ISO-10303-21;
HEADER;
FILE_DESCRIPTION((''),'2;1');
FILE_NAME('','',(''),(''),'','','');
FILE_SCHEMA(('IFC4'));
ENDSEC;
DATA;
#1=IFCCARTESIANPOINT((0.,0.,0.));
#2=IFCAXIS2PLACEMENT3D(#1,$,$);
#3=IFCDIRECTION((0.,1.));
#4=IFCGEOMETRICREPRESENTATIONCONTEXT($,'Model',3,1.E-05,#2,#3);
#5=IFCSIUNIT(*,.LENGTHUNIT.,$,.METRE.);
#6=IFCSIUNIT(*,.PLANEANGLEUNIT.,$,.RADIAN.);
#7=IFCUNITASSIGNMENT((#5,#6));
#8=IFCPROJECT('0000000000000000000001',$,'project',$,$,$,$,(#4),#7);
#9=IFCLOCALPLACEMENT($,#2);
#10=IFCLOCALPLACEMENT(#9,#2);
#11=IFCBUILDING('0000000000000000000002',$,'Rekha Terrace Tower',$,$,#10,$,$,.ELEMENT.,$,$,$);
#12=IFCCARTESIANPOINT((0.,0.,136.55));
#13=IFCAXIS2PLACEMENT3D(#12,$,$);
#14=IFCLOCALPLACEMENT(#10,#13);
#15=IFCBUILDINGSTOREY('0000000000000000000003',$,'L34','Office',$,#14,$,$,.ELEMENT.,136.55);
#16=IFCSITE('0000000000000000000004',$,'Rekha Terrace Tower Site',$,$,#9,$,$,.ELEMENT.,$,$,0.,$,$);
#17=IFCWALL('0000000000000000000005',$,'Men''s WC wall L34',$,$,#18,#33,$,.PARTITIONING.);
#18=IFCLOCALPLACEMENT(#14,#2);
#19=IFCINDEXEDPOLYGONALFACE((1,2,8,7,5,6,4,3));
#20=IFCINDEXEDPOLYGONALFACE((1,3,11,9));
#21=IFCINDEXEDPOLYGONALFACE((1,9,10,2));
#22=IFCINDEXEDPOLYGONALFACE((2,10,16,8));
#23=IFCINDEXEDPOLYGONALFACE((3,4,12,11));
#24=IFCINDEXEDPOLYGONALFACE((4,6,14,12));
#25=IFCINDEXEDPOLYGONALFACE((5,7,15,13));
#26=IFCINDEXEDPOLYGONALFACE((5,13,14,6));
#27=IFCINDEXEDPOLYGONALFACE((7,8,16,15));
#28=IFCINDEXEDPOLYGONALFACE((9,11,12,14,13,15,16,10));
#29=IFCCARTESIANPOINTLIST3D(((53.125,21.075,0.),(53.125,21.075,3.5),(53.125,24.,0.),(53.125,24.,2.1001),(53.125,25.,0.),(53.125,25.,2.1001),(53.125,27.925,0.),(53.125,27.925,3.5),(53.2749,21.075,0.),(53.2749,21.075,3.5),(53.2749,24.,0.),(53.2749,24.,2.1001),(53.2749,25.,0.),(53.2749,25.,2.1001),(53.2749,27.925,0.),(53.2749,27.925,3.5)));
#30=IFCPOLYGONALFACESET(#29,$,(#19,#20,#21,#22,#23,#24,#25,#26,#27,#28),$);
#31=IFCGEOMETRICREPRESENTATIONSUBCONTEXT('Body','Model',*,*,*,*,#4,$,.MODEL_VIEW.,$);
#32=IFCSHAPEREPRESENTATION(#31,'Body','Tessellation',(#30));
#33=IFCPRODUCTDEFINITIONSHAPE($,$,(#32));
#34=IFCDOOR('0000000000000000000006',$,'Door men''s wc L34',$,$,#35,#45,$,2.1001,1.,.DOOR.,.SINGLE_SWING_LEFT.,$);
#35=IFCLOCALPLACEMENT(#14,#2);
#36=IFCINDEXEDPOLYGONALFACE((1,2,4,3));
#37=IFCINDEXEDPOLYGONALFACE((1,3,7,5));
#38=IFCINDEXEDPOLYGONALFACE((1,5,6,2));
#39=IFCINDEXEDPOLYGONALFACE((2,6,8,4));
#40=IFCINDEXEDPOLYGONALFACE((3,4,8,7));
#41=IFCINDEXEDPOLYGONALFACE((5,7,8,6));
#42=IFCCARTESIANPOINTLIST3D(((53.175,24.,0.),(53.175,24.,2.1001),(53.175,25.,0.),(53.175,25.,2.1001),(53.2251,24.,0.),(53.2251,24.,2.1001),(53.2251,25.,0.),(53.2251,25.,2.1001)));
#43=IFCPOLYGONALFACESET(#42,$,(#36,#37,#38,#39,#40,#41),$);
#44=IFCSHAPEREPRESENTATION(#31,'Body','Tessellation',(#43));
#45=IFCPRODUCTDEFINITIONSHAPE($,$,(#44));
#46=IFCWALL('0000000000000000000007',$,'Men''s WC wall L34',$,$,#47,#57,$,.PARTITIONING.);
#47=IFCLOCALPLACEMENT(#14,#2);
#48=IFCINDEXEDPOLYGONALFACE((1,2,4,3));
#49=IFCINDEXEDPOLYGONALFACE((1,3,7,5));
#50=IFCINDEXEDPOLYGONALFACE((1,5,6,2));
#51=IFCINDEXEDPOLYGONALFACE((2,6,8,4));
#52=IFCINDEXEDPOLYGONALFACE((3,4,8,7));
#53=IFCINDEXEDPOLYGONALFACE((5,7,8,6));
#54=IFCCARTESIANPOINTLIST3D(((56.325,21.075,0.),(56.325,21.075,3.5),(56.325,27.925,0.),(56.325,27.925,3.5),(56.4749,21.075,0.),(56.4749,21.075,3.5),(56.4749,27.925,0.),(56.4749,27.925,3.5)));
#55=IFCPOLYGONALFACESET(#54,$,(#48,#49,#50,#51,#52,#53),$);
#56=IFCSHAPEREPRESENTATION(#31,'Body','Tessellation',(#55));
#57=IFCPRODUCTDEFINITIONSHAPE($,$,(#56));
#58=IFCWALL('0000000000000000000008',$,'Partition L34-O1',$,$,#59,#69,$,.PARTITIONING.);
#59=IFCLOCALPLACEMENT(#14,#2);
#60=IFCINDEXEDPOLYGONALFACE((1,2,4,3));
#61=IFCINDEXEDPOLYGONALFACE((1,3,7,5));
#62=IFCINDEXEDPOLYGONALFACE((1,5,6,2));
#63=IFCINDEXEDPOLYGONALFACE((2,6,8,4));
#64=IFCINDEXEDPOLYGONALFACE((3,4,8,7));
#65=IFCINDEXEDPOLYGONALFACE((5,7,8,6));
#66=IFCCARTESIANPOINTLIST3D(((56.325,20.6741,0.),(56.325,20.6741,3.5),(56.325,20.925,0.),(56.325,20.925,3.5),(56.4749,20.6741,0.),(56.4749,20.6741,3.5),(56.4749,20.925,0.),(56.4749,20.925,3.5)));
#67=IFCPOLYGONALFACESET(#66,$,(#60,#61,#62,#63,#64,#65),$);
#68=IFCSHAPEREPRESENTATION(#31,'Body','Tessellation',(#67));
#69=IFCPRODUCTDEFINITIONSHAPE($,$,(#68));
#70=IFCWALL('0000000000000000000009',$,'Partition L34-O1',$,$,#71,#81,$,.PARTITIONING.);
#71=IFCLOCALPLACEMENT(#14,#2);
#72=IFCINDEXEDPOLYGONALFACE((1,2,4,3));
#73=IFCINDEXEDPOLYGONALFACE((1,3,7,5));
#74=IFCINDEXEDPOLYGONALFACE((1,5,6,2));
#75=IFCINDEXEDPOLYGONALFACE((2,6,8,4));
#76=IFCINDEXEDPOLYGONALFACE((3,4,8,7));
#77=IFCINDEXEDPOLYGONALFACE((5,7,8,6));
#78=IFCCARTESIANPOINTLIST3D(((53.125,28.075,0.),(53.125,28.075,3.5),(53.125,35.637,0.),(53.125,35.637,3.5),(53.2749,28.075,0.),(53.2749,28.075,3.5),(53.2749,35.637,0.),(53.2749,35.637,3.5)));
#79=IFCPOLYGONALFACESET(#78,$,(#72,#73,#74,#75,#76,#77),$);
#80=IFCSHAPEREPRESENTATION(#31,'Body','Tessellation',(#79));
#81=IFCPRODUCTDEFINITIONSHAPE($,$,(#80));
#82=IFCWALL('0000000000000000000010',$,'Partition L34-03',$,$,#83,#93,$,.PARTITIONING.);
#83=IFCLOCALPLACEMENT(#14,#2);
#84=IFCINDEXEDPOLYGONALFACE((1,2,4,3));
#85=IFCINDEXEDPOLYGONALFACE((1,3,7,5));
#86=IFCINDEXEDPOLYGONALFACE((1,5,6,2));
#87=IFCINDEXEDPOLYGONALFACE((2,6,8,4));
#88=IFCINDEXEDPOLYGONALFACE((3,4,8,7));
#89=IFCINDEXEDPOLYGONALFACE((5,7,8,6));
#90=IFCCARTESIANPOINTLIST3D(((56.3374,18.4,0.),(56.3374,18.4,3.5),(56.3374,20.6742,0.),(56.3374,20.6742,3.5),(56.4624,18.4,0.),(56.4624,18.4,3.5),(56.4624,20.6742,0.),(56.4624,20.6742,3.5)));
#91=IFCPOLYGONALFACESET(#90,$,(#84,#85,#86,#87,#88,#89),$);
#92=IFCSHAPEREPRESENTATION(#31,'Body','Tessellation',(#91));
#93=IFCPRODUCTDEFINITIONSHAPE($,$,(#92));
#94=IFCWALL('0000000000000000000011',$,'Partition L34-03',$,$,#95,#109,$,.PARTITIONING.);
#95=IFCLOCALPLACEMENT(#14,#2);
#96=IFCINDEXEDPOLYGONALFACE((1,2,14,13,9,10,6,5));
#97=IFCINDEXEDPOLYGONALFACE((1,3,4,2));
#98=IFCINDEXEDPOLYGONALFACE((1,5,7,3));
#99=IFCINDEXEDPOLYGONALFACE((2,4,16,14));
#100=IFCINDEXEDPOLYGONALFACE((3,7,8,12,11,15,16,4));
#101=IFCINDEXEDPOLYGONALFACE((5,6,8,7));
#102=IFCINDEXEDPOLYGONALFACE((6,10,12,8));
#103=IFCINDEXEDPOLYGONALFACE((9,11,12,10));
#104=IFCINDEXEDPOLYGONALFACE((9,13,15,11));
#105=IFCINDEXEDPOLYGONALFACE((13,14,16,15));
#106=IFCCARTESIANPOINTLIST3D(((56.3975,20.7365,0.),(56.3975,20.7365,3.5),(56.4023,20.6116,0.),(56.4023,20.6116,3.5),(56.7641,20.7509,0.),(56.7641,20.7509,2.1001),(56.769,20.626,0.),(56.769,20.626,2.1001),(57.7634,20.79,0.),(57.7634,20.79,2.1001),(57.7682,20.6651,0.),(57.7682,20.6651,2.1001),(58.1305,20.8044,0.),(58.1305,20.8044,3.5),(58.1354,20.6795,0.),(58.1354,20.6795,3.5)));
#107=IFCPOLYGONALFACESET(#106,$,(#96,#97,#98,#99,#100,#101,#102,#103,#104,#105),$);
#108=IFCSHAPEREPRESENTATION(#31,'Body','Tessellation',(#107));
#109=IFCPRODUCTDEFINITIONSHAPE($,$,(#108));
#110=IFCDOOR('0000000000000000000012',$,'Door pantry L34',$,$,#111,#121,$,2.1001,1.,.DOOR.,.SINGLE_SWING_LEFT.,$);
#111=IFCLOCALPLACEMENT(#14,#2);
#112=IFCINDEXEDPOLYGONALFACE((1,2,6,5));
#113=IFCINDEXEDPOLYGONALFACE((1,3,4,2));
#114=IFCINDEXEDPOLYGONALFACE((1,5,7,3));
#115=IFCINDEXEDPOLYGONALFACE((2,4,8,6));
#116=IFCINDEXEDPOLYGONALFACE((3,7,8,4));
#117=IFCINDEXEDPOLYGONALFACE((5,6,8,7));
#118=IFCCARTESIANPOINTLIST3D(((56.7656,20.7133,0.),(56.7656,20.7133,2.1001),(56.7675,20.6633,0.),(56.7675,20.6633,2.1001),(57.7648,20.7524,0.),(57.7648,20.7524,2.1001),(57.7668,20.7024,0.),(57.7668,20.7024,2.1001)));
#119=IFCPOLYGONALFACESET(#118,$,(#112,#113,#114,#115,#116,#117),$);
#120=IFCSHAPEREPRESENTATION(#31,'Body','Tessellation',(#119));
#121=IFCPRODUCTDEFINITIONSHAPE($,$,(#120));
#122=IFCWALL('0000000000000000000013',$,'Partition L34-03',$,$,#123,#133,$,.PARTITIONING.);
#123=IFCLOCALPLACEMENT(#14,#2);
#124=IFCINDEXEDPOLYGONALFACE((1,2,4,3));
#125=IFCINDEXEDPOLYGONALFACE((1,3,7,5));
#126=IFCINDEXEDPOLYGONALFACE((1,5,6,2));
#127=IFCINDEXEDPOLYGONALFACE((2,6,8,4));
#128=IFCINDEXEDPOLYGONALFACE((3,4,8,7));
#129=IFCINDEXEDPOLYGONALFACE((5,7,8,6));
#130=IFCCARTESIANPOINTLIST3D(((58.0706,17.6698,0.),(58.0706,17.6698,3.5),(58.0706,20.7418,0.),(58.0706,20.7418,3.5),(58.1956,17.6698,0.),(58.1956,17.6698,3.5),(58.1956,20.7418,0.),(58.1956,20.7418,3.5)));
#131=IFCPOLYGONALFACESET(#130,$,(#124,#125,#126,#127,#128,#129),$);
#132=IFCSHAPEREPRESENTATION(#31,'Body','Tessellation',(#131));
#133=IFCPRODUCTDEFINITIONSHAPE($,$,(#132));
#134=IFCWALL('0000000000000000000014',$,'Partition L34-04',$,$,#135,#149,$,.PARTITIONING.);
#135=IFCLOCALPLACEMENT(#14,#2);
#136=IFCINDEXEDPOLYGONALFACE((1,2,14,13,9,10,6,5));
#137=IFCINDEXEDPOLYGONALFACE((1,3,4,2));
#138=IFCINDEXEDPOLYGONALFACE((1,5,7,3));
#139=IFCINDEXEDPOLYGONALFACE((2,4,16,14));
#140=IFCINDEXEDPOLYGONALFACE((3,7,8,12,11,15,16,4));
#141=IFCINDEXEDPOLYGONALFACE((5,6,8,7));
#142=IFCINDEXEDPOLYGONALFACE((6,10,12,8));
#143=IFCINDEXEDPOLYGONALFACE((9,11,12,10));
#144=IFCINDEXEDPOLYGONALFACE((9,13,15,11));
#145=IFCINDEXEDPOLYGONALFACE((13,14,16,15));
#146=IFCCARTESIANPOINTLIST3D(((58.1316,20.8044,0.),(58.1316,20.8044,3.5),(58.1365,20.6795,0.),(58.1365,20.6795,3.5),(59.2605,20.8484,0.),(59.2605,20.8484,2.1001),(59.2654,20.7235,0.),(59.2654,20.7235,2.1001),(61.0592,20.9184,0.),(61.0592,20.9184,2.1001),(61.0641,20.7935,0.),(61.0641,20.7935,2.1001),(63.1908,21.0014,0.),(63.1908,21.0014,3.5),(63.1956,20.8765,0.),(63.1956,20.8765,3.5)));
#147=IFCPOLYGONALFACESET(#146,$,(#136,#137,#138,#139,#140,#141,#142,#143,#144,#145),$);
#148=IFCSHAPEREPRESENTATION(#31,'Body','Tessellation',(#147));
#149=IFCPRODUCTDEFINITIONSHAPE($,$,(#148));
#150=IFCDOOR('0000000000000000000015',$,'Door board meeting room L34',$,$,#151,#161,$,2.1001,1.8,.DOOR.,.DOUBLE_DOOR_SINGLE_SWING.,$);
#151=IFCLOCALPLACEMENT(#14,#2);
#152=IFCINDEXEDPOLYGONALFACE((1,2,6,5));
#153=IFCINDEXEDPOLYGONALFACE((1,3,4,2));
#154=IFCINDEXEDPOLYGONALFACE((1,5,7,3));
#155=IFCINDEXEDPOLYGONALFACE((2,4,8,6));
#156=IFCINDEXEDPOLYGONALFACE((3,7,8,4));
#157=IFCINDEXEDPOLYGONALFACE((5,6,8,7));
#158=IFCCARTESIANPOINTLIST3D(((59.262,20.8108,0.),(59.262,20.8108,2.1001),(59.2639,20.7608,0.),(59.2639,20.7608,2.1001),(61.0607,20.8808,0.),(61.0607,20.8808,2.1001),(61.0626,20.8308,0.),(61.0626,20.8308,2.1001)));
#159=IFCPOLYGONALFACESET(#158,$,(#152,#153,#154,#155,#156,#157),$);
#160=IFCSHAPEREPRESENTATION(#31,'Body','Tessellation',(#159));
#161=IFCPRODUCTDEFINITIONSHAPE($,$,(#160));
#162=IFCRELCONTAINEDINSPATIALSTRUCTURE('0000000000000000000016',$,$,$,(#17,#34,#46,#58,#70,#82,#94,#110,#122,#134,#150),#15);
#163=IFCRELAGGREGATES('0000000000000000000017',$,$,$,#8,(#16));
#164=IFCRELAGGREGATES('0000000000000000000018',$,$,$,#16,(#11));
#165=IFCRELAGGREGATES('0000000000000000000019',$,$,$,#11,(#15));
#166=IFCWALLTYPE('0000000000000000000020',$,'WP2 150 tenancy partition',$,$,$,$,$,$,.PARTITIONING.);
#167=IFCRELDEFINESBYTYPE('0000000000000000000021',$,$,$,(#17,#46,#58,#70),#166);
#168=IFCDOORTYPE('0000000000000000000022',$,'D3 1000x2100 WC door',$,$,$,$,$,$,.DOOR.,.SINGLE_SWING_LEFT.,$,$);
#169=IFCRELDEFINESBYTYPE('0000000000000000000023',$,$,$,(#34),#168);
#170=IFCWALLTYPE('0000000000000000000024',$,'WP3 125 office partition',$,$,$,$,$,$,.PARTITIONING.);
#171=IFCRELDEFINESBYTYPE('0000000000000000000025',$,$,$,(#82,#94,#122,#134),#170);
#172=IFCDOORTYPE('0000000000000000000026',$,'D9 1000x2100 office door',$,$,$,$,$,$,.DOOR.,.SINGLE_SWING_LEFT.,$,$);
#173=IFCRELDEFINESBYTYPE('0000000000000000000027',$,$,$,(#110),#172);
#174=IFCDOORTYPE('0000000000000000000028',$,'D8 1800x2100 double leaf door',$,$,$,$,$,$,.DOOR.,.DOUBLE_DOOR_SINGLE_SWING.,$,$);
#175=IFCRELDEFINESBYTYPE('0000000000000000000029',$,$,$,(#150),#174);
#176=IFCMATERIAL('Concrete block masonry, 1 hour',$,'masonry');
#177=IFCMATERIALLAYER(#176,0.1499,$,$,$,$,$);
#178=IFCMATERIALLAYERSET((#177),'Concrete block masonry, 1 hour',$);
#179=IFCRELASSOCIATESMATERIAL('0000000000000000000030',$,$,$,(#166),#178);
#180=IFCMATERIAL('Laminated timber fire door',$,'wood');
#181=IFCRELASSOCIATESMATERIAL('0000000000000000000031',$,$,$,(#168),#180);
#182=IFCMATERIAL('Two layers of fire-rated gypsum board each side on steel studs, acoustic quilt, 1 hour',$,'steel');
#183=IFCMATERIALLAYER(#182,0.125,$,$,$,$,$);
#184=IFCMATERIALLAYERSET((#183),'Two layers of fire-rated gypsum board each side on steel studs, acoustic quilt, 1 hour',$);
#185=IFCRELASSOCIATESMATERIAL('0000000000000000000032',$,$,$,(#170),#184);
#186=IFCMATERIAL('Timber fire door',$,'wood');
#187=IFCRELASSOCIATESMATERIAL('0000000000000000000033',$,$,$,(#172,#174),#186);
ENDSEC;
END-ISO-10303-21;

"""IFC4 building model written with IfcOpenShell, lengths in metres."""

from ifc_helpers import new_model, si_unit, direction, frame, frame_2d, origin, place, context, subcontext, project, spatial, rectangle, extrude, material, layer, layer_set, type_object, element, fill, save


model = new_model("IFC4")

# Units and contexts
model_context = context("Model", 3, precision=1e-05, world=origin(), true_north=direction((0.0, 1.0)))
body_context = subcontext(model_context, "Body", "Model", "MODEL_VIEW")
ifc_project = project(units=[si_unit("LENGTHUNIT", "METRE"), si_unit("PLANEANGLEUNIT", "RADIAN")], contexts=[model_context])

# Site, building, storey
site_placement = place(None, origin())
site = spatial("IfcSite", under=ifc_project, at=site_placement, Name="Rekha Terrace Tower Site", CompositionType="ELEMENT", RefElevation=0.0)
building_placement = place(site_placement, origin())
building = spatial("IfcBuilding", under=site, at=building_placement, Name="Rekha Terrace Tower", CompositionType="ELEMENT")
storey_placement = place(building_placement, frame((0.0, 0.0, 136.55)))
storey = spatial("IfcBuildingStorey", under=building, at=storey_placement, Name="L34", Description="Office", CompositionType="ELEMENT", Elevation=136.55)

# Shared definitions
ifc_material_1 = material(Name="Concrete block masonry, 1 hour", Category="masonry")
ifc_layer_1 = layer(ifc_material_1, 0.1499)
ifc_layer_set_1 = layer_set([ifc_layer_1], Name="Concrete block masonry, 1 hour")
wall_type_1 = type_object("IfcWallType", Name="WP2 150 tenancy partition", PredefinedType="PARTITIONING", material=ifc_layer_set_1)

# Wall, opening, door
wall_1_placement = place(storey_placement, frame((53.2, 21.075, 0.0), z_axis=(0.0, 0.0, 1.0), x_axis=(0.0, 1.0, 0.0)))
wall_1 = element("IfcWall", 1, at=wall_1_placement, inside=storey, type_object=wall_type_1, Name="Men's WC wall L34", PredefinedType="PARTITIONING", context=body_context, shape_type="SweptSolid", body=[
    extrude(rectangle(XDim=6.8501, YDim=0.1499, at=frame_2d((3.425, 0.0))), origin(), (0.0, 0.0, 1.0), 3.5),
])
opening_1_placement = place(wall_1_placement, frame((2.925, 0.0, 0.0)))
opening_1 = element("IfcOpeningElement", 2, at=opening_1_placement, cuts=wall_1, PredefinedType="OPENING", context=body_context, shape_type="SweptSolid", body=[
    extrude(rectangle(XDim=1.0, YDim=2.1001, at=frame_2d((0.5, 1.05))), frame((0.0, 0.085, 0.0), z_axis=(0.0, -1.0, 0.0), x_axis=(1.0, 0.0, 0.0)), (0.0, 0.0, 1.0), 0.1699),
])
ifc_material_2 = material(Name="Laminated timber fire door", Category="wood")
door_type_1 = type_object("IfcDoorType", Name="D3 1000x2100 WC door", OperationType="SINGLE_SWING_LEFT", PredefinedType="DOOR", material=ifc_material_2)
door_1_placement = place(opening_1_placement, origin())
door_1 = element("IfcDoor", 3, at=door_1_placement, inside=storey, type_object=door_type_1, Name="Door men's wc L34", OperationType="SINGLE_SWING_LEFT", OverallHeight=2.1001, OverallWidth=1.0, PredefinedType="DOOR", context=body_context, shape_type="SweptSolid", body=[
    extrude(rectangle(XDim=1.0, YDim=2.1001, at=frame_2d((0.5, 1.05))), frame((0.0, 0.0249, 0.0), z_axis=(0.0, -1.0, 0.0), x_axis=(1.0, 0.0, 0.0)), (0.0, 0.0, 1.0), 0.05),
])
fill(opening_1, door_1)

# Walls
wall_2_placement = place(storey_placement, frame((56.3999, 21.075, 0.0), z_axis=(0.0, 0.0, 1.0), x_axis=(0.0, 1.0, 0.0)))
element("IfcWall", 4, at=wall_2_placement, inside=storey, type_object=wall_type_1, Name="Men's WC wall L34", PredefinedType="PARTITIONING", context=body_context, shape_type="SweptSolid", body=[
    extrude(rectangle(XDim=6.8501, YDim=0.1499, at=frame_2d((3.425, 0.0))), origin(), (0.0, 0.0, 1.0), 3.5),
])
wall_3_placement = place(storey_placement, frame((56.3999, 20.6741, 0.0), z_axis=(0.0, 0.0, 1.0), x_axis=(0.0, 1.0, 0.0)))
element("IfcWall", 5, at=wall_3_placement, inside=storey, type_object=wall_type_1, Name="Partition L34-O1", PredefinedType="PARTITIONING", context=body_context, shape_type="SweptSolid", body=[
    extrude(rectangle(XDim=0.251, YDim=0.1499, at=frame_2d((0.1255, 0.0))), origin(), (0.0, 0.0, 1.0), 3.5),
])
wall_4_placement = place(storey_placement, frame((53.2, 28.075, 0.0), z_axis=(0.0, 0.0, 1.0), x_axis=(0.0, 1.0, 0.0)))
element("IfcWall", 6, at=wall_4_placement, inside=storey, type_object=wall_type_1, Name="Partition L34-O1", PredefinedType="PARTITIONING", context=body_context, shape_type="SweptSolid", body=[
    extrude(rectangle(XDim=7.562, YDim=0.1499, at=frame_2d((3.781, 0.0))), origin(), (0.0, 0.0, 1.0), 3.5),
])
ifc_material_3 = material(Name="Two layers of fire-rated gypsum board each side on steel studs, acoustic quilt, 1 hour", Category="steel")
ifc_layer_2 = layer(ifc_material_3, 0.125)
ifc_layer_set_2 = layer_set([ifc_layer_2], Name="Two layers of fire-rated gypsum board each side on steel studs, acoustic quilt, 1 hour")
wall_type_2 = type_object("IfcWallType", Name="WP3 125 office partition", PredefinedType="PARTITIONING", material=ifc_layer_set_2)
wall_5_placement = place(storey_placement, frame((56.3999, 18.3999, 0.0), z_axis=(0.0, 0.0, 1.0), x_axis=(0.0, 1.0, 0.0)))
element("IfcWall", 7, at=wall_5_placement, inside=storey, type_object=wall_type_2, Name="Partition L34-03", PredefinedType="PARTITIONING", context=body_context, shape_type="SweptSolid", body=[
    extrude(rectangle(XDim=2.2742, YDim=0.125, at=frame_2d((1.1372, 0.0))), origin(), (0.0, 0.0, 1.0), 3.5),
])

# Wall, opening, door
wall_6_placement = place(storey_placement, frame((56.3999, 20.6741, 0.0), z_axis=(0.0, 0.0, 1.0), x_axis=(0.999234, 0.03913, 0.0)))
wall_6 = element("IfcWall", 8, at=wall_6_placement, inside=storey, type_object=wall_type_2, Name="Partition L34-03", PredefinedType="PARTITIONING", context=body_context, shape_type="SweptSolid", body=[
    extrude(rectangle(XDim=1.7344, YDim=0.125, at=frame_2d((0.8672, 0.0))), origin(), (0.0, 0.0, 1.0), 3.5),
])
opening_2_placement = place(wall_6_placement, frame((0.3669, 0.0, 0.0)))
opening_2 = element("IfcOpeningElement", 9, at=opening_2_placement, cuts=wall_6, PredefinedType="OPENING", context=body_context, shape_type="SweptSolid", body=[
    extrude(rectangle(XDim=1.0, YDim=2.1001, at=frame_2d((0.5, 1.05))), frame((0.0, 0.0725, 0.0), z_axis=(0.0, -1.0, 0.0), x_axis=(1.0, 0.0, 0.0)), (0.0, 0.0, 1.0), 0.145),
])
ifc_material_4 = material(Name="Timber fire door", Category="wood")
door_type_2 = type_object("IfcDoorType", Name="D9 1000x2100 office door", OperationType="SINGLE_SWING_LEFT", PredefinedType="DOOR", material=ifc_material_4)
door_2_placement = place(opening_2_placement, origin())
door_2 = element("IfcDoor", 10, at=door_2_placement, inside=storey, type_object=door_type_2, Name="Door pantry L34", OperationType="SINGLE_SWING_LEFT", OverallHeight=2.1001, OverallWidth=1.0, PredefinedType="DOOR", context=body_context, shape_type="SweptSolid", body=[
    extrude(rectangle(XDim=1.0, YDim=2.1001, at=frame_2d((0.5, 1.05))), frame((0.0, 0.0249, 0.0), z_axis=(0.0, -1.0, 0.0), x_axis=(1.0, 0.0, 0.0)), (0.0, 0.0, 1.0), 0.05),
])
fill(opening_2, door_2)

# Wall
wall_7_placement = place(storey_placement, frame((58.1331, 20.7419, 0.0), z_axis=(0.0, 0.0, 1.0), x_axis=(0.0, -1.0, 0.0)))
element("IfcWall", 11, at=wall_7_placement, inside=storey, type_object=wall_type_2, Name="Partition L34-03", PredefinedType="PARTITIONING", context=body_context, shape_type="SweptSolid", body=[
    extrude(rectangle(XDim=3.072, YDim=0.125, at=frame_2d((1.5361, 0.0))), origin(), (0.0, 0.0, 1.0), 3.5),
])

# Wall, opening, door
wall_8_placement = place(storey_placement, frame((58.134, 20.7419, 0.0), z_axis=(0.0, 0.0, 1.0), x_axis=(0.999243, 0.038915, 0.0)))
wall_8 = element("IfcWall", 12, at=wall_8_placement, inside=storey, type_object=wall_type_2, Name="Partition L34-04", PredefinedType="PARTITIONING", context=body_context, shape_type="SweptSolid", body=[
    extrude(rectangle(XDim=5.063, YDim=0.125, at=frame_2d((2.5315, 0.0))), origin(), (0.0, 0.0, 1.0), 3.5),
])
opening_3_placement = place(wall_8_placement, frame((1.1299, 0.0, 0.0)))
opening_3 = element("IfcOpeningElement", 13, at=opening_3_placement, cuts=wall_8, PredefinedType="OPENING", context=body_context, shape_type="SweptSolid", body=[
    extrude(rectangle(XDim=1.8, YDim=2.1001, at=frame_2d((0.8999, 1.05))), frame((0.0, 0.0725, 0.0), z_axis=(0.0, -1.0, 0.0), x_axis=(1.0, 0.0, 0.0)), (0.0, 0.0, 1.0), 0.145),
])
door_type_3 = type_object("IfcDoorType", Name="D8 1800x2100 double leaf door", OperationType="DOUBLE_DOOR_SINGLE_SWING", PredefinedType="DOOR", material=ifc_material_4)
door_3_placement = place(opening_3_placement, origin())
door_3 = element("IfcDoor", 14, at=door_3_placement, inside=storey, type_object=door_type_3, Name="Door board meeting room L34", OperationType="DOUBLE_DOOR_SINGLE_SWING", OverallHeight=2.1001, OverallWidth=1.8, PredefinedType="DOOR", context=body_context, shape_type="SweptSolid", body=[
    extrude(rectangle(XDim=1.8, YDim=2.1001, at=frame_2d((0.8999, 1.05))), frame((0.0, 0.0249, 0.0), z_axis=(0.0, -1.0, 0.0), x_axis=(1.0, 0.0, 0.0)), (0.0, 0.0, 1.0), 0.05),
])
fill(opening_3, door_3)

save(model, "model.ifc")
